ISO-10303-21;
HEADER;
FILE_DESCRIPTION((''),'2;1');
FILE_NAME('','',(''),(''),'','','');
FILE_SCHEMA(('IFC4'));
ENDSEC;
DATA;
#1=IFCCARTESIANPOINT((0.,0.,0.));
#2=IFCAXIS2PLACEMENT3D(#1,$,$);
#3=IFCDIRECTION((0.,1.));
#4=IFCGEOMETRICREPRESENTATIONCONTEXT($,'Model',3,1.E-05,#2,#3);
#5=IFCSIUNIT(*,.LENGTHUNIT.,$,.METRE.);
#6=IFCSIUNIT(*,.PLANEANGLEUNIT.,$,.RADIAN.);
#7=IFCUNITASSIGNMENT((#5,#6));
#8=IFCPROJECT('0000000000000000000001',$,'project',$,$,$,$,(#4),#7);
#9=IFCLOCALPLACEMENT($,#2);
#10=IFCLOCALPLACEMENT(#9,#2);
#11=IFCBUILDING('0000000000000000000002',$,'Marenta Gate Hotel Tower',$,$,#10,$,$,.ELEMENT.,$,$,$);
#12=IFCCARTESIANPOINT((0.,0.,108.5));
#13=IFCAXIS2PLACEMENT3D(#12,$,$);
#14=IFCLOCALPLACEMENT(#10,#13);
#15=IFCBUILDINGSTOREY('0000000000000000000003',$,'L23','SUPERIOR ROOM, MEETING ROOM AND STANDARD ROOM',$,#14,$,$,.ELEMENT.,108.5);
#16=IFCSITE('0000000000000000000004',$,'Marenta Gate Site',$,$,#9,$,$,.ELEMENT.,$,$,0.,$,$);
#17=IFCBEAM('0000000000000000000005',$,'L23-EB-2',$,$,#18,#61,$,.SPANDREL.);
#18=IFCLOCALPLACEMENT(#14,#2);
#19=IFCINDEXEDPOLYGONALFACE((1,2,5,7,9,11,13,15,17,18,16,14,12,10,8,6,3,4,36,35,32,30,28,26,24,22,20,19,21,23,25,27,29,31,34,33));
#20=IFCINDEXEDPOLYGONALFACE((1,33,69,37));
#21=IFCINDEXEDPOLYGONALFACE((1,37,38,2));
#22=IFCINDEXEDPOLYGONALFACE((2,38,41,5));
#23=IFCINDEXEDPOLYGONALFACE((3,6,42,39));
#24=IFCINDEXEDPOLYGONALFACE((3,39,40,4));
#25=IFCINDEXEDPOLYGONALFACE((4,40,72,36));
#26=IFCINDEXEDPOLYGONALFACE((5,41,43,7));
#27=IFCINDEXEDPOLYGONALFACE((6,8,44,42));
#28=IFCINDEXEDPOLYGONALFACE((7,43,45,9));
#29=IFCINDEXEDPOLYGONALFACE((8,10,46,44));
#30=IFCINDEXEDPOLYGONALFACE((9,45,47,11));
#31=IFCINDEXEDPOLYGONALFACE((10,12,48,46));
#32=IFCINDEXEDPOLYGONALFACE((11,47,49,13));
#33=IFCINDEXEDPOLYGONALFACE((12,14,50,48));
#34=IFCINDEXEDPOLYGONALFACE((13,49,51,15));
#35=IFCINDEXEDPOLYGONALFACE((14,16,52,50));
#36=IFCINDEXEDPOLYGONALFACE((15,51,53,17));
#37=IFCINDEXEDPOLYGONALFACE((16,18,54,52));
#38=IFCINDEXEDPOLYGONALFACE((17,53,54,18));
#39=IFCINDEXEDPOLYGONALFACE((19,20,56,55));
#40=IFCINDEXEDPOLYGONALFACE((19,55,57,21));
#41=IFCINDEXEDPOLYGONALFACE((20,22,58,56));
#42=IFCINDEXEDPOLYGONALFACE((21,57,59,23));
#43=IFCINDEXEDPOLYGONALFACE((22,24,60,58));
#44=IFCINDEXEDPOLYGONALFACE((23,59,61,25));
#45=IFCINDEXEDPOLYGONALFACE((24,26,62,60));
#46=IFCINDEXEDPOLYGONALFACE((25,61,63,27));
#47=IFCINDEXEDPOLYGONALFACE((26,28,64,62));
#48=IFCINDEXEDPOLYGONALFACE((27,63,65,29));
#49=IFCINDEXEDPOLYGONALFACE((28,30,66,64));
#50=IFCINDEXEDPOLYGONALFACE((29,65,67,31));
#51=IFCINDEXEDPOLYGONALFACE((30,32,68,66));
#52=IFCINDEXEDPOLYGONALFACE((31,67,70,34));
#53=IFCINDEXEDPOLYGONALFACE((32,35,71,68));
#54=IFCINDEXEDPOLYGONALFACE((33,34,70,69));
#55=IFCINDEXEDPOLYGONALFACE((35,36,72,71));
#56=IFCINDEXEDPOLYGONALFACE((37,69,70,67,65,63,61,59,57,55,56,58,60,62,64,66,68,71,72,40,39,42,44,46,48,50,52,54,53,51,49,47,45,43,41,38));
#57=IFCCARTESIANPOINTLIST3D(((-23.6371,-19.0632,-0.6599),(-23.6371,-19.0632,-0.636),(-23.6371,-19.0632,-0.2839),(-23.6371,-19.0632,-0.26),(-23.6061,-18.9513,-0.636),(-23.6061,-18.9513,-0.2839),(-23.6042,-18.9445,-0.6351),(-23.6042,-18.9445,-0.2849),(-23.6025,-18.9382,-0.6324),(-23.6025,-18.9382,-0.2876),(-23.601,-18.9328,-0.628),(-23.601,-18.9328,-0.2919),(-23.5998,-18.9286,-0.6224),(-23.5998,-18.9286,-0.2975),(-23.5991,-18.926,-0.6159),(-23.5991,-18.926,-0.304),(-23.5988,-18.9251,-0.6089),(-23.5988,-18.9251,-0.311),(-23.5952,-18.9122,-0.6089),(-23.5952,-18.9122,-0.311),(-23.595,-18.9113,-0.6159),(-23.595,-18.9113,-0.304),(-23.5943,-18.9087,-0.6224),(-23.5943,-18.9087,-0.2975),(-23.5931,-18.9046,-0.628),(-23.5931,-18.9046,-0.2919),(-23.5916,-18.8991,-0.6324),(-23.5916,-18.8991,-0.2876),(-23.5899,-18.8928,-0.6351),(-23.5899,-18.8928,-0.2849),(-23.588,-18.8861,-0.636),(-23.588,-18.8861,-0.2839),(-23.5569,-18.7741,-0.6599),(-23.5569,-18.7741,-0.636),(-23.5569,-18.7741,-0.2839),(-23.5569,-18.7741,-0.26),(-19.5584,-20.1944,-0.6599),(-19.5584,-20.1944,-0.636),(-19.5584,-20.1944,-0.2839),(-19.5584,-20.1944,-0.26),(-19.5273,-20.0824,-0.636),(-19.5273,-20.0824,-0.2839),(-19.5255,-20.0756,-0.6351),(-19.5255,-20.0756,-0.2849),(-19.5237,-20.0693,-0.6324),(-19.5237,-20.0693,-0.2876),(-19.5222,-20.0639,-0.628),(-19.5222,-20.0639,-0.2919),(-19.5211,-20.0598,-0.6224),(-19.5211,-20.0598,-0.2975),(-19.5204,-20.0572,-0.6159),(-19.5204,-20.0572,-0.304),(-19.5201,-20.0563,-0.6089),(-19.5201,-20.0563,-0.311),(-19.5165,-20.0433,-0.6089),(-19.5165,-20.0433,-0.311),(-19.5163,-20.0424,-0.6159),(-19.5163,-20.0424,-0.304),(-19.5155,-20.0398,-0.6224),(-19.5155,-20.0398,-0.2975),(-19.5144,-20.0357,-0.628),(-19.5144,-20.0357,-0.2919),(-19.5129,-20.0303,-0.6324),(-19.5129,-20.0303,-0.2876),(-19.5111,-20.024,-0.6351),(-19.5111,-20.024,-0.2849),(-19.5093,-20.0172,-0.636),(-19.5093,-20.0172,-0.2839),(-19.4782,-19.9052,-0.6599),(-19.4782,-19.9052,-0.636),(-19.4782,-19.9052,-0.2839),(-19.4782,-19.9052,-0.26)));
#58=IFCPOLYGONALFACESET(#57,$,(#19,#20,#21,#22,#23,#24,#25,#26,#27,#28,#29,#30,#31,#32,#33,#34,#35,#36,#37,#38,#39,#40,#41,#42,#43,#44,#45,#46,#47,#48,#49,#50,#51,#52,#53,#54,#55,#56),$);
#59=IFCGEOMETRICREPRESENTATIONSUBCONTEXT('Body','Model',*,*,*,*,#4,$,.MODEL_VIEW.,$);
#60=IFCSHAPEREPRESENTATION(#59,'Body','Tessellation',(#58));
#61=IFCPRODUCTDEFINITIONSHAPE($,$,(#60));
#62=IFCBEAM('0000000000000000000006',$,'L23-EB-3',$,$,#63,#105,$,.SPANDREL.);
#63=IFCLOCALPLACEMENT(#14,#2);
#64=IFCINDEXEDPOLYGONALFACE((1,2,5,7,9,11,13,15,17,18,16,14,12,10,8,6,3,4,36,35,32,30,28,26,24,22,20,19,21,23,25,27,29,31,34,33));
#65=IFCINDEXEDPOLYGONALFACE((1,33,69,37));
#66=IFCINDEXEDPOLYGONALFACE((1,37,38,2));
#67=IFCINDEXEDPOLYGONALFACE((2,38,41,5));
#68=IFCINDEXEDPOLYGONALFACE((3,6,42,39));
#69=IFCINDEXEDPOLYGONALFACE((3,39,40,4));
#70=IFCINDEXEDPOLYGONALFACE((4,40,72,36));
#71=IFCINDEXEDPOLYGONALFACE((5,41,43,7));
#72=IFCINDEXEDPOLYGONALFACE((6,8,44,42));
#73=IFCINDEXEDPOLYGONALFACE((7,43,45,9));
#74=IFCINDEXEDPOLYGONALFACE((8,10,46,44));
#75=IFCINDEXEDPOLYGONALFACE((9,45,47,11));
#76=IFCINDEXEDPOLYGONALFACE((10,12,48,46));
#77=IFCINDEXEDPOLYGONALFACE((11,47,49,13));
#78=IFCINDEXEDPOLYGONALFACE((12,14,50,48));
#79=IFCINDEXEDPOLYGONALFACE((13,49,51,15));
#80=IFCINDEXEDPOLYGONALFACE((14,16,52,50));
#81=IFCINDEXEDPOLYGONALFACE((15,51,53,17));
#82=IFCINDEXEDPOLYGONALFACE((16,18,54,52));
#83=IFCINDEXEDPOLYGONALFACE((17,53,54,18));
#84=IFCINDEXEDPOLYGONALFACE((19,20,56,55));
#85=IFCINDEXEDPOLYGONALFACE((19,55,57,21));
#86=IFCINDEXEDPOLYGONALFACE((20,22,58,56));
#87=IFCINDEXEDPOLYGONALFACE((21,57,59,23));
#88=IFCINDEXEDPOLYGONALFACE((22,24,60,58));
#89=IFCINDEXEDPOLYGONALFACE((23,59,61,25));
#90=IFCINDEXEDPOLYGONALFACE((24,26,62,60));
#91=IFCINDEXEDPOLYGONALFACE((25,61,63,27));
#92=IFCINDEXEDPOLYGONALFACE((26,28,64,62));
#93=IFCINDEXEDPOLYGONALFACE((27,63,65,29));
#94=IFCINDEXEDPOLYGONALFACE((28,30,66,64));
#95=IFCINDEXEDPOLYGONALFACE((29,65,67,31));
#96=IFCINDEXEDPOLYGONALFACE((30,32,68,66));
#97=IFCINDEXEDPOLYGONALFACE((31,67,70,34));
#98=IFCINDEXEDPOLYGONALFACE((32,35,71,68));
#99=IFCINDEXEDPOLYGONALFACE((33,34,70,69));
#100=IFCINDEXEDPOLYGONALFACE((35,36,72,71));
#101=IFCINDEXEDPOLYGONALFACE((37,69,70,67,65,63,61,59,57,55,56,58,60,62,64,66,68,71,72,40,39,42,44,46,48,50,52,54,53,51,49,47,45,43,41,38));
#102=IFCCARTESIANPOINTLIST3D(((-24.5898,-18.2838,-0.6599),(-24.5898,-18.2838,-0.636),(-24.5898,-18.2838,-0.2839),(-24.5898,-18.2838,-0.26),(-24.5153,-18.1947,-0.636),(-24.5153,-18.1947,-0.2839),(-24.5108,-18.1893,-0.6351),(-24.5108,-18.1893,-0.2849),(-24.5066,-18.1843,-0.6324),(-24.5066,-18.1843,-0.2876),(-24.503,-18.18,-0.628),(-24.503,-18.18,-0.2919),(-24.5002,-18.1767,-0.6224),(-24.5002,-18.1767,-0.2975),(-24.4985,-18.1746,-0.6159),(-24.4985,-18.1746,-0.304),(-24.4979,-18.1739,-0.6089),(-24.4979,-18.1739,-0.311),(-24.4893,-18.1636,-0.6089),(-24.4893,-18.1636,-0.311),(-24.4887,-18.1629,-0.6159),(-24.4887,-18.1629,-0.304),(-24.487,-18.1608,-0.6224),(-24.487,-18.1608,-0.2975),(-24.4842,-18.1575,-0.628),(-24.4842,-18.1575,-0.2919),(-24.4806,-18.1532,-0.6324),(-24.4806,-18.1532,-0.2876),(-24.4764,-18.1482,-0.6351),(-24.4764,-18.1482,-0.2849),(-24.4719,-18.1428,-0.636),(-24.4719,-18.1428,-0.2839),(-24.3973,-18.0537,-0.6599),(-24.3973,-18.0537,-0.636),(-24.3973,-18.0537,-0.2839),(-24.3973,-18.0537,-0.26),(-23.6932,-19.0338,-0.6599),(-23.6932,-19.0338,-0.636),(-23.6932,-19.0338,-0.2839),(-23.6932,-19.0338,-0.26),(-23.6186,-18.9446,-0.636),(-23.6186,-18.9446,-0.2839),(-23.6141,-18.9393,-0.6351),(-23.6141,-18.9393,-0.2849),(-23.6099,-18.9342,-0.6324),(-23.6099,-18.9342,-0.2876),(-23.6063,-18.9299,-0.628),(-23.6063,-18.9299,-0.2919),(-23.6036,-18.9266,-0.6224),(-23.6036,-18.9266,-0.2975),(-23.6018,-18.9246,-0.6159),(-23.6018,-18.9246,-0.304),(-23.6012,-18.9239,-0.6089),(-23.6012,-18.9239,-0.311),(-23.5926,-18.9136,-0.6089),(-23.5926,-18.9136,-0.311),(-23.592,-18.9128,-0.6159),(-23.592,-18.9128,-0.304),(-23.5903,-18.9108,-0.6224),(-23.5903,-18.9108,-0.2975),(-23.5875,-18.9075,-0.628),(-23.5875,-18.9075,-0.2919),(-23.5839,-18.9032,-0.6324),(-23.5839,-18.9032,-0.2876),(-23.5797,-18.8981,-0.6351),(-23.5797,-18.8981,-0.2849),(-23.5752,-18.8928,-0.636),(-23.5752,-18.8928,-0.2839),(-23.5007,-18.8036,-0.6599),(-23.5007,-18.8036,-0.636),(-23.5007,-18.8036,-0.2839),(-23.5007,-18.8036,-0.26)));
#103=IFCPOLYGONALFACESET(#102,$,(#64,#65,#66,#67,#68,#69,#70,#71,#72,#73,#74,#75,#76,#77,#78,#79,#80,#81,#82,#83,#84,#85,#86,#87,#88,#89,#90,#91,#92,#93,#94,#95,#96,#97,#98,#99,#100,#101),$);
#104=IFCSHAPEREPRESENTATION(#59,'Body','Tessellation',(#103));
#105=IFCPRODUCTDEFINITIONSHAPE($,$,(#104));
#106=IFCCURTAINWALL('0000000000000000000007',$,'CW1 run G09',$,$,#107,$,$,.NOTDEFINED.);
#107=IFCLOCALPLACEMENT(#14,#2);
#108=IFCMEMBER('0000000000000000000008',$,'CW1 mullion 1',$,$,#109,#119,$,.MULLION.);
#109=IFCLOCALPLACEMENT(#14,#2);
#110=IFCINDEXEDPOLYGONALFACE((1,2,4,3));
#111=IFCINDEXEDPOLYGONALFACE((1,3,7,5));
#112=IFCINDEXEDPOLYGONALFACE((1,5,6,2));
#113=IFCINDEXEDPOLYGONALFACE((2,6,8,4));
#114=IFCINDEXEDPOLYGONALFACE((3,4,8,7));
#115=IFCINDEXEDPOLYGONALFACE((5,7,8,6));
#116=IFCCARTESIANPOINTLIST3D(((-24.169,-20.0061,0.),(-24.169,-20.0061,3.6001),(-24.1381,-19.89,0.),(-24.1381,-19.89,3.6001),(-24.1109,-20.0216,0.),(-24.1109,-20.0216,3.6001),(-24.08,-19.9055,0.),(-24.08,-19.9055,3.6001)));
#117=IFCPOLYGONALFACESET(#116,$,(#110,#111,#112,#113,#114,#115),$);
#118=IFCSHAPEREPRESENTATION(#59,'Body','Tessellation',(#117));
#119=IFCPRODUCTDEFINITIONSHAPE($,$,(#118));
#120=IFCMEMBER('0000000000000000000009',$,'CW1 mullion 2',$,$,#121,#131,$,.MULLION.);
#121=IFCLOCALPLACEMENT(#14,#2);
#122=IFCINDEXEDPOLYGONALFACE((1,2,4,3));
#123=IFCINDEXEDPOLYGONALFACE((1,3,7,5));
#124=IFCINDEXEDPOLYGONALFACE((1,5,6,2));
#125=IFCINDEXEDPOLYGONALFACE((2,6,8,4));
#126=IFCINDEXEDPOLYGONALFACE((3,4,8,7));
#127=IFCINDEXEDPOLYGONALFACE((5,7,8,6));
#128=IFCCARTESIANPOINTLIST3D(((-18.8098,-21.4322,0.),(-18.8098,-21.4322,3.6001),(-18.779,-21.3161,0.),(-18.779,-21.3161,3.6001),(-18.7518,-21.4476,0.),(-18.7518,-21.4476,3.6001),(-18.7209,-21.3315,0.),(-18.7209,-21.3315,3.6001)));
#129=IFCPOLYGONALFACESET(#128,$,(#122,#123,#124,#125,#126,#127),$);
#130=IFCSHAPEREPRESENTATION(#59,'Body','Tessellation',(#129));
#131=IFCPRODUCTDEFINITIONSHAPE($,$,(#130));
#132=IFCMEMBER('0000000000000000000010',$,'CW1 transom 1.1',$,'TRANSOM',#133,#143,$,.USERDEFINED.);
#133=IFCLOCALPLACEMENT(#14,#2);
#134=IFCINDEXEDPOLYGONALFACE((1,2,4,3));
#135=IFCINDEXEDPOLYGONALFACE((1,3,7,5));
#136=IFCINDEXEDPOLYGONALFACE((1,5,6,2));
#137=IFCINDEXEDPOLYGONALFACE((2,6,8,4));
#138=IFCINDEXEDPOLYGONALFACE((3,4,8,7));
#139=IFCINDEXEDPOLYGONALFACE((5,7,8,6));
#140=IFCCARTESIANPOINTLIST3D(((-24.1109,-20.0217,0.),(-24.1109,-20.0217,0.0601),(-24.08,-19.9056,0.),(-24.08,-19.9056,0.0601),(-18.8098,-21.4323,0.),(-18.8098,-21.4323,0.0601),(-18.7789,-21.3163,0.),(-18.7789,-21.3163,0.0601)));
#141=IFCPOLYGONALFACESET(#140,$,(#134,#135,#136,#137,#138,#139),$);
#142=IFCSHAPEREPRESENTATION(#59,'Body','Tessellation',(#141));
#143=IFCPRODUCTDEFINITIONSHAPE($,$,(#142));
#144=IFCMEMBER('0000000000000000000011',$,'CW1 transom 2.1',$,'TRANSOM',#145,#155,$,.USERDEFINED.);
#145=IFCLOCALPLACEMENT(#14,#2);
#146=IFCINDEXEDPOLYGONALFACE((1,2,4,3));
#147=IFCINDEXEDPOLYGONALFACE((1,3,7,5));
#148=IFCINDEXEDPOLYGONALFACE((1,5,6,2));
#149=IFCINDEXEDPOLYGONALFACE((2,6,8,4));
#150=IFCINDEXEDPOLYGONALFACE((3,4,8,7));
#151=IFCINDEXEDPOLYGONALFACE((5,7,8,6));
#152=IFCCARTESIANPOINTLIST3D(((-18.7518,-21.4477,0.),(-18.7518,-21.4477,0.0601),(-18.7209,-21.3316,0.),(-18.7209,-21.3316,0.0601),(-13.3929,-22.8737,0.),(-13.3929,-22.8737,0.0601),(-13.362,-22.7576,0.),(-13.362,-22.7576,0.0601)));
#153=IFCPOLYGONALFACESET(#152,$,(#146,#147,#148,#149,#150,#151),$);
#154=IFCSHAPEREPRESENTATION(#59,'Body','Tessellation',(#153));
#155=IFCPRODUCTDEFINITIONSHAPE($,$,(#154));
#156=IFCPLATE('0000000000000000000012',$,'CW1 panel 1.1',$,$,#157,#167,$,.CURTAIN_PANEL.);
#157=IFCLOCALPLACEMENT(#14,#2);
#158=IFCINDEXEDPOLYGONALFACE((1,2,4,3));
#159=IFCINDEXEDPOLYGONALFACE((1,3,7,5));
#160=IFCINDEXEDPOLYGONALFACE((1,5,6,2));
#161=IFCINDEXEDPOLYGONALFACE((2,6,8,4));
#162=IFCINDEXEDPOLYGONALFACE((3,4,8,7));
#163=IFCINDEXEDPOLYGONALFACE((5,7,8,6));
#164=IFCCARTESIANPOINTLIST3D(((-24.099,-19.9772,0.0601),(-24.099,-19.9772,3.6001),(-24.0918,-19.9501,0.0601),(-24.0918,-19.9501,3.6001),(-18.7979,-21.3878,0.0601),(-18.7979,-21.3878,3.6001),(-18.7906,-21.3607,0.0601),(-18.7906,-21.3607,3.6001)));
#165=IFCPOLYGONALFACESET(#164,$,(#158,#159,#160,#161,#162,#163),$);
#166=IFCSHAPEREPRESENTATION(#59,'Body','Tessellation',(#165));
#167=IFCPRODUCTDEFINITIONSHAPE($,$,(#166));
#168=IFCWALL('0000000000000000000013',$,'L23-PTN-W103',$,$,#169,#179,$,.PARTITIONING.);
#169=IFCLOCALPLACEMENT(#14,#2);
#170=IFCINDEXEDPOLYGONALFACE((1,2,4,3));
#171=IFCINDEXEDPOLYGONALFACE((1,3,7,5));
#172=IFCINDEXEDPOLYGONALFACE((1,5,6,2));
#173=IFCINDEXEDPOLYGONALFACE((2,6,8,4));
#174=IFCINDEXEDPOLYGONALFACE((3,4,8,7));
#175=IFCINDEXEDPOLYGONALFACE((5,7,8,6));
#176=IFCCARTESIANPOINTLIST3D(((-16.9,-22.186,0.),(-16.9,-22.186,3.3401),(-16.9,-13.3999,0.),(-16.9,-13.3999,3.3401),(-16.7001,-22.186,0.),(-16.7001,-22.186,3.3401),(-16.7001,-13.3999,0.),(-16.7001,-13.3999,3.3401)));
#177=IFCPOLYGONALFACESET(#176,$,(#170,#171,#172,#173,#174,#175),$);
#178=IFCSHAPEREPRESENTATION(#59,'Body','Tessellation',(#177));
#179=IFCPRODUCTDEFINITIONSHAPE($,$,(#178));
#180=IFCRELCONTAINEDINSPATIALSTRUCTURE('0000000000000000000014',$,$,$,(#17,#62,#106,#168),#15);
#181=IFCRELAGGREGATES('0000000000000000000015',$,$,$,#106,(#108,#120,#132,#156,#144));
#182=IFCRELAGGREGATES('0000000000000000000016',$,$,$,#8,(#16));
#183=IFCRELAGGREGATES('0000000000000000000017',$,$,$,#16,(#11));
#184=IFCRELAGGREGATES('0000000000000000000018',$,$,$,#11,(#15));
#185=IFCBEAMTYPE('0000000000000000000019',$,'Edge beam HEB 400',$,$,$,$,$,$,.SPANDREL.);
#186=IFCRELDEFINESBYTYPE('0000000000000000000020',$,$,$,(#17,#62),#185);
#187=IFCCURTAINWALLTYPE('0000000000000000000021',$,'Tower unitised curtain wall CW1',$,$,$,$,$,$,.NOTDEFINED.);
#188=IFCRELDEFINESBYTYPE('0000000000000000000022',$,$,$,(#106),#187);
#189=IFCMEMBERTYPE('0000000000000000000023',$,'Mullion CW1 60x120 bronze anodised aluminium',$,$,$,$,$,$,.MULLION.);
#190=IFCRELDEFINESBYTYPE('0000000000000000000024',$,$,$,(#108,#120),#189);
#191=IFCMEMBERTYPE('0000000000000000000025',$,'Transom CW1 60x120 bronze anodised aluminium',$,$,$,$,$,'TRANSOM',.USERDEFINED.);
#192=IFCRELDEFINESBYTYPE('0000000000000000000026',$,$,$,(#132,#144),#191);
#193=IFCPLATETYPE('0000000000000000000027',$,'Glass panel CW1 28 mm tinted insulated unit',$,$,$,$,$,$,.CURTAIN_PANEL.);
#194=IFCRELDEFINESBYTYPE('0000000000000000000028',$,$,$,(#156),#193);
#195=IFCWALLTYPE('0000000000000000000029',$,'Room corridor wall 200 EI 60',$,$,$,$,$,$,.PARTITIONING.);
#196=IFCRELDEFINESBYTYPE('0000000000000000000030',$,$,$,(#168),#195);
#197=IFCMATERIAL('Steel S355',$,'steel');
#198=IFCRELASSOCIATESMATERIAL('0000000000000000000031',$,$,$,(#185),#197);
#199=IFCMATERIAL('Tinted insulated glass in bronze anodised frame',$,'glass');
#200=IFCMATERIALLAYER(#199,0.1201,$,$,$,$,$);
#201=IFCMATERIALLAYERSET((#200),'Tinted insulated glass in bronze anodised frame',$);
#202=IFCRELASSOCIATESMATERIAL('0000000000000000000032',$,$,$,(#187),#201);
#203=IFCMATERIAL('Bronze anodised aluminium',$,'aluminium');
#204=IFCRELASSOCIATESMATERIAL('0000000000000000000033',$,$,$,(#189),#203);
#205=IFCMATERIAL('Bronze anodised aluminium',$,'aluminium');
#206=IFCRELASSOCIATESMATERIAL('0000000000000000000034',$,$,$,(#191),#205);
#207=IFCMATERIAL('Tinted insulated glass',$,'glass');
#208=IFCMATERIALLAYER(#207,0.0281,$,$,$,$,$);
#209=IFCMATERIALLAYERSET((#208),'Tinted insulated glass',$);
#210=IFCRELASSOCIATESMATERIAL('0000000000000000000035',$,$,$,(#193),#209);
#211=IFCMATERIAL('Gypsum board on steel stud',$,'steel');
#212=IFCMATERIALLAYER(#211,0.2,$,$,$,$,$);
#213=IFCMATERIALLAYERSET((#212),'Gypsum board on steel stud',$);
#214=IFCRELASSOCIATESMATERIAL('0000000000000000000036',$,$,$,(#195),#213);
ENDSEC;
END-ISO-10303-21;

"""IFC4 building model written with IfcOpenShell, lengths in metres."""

from ifc_helpers import new_model, si_unit, direction, frame, frame_2d, origin, origin_2d, place, context, subcontext, project, spatial, rectangle, i_section, extrude, material, layer, layer_set, material_profile, profile_set, type_object, element, aggregate, save


model = new_model("IFC4")

# Units and contexts
model_context = context("Model", 3, precision=1e-05, world=origin(), true_north=direction((0.0, 1.0)))
body_context = subcontext(model_context, "Body", "Model", "MODEL_VIEW")
ifc_project = project(units=[si_unit("LENGTHUNIT", "METRE"), si_unit("PLANEANGLEUNIT", "RADIAN")], contexts=[model_context])

# Site, building, storey
site_placement = place(None, origin())
site = spatial("IfcSite", under=ifc_project, at=site_placement, Name="Marenta Gate Site", CompositionType="ELEMENT", RefElevation=0.0)
building_placement = place(site_placement, origin())
building = spatial("IfcBuilding", under=site, at=building_placement, Name="Marenta Gate Hotel Tower", CompositionType="ELEMENT")
storey_placement = place(building_placement, frame((0.0, 0.0, 108.5)))
storey = spatial("IfcBuildingStorey", under=building, at=storey_placement, Name="L23", Description="SUPERIOR ROOM, MEETING ROOM AND STANDARD ROOM", CompositionType="ELEMENT", Elevation=108.5)

# Beams
ifc_material_1 = material(Name="Steel S355", Category="steel")
ifc_material_profile_1 = material_profile(ifc_material_1, i_section(OverallWidth=0.3, OverallDepth=0.3999, WebThickness=0.0134, FlangeThickness=0.0239, FilletRadius=0.0271, at=origin_2d()), Name="HEB 400")
ifc_profile_set_1 = profile_set([ifc_material_profile_1], Name="Steel S355")
beam_type = type_object("IfcBeamType", Name="Edge beam HEB 400", PredefinedType="SPANDREL", material=ifc_profile_set_1)
beam_1_placement = place(storey_placement, frame((-19.5183, -20.0498, -0.46), z_axis=(-0.96363, 0.267239, 0.0), x_axis=(-0.267239, -0.96363, 0.0)))
element("IfcBeam", 1, at=beam_1_placement, inside=storey, type_object=beam_type, Name="L23-EB-2", PredefinedType="SPANDREL", context=body_context, shape_type="SweptSolid", body=[
    extrude(i_section(OverallWidth=0.3, OverallDepth=0.3999, WebThickness=0.0134, FlangeThickness=0.0239, FilletRadius=0.0271, at=origin_2d()), origin(), (0.0, 0.0, 1.0), 4.2327),
])
beam_2_placement = place(storey_placement, frame((-23.5969, -18.9187, -0.46), z_axis=(-0.767073, 0.64156, 0.0), x_axis=(-0.64156, -0.767073, 0.0)))
element("IfcBeam", 2, at=beam_2_placement, inside=storey, type_object=beam_type, Name="L23-EB-3", PredefinedType="SPANDREL", context=body_context, shape_type="SweptSolid", body=[
    extrude(i_section(OverallWidth=0.3, OverallDepth=0.3999, WebThickness=0.0134, FlangeThickness=0.0239, FilletRadius=0.0271, at=origin_2d()), origin(), (0.0, 0.0, 1.0), 1.1689),
])

# Curtain wall, members, plate
ifc_material_2 = material(Name="Tinted insulated glass in bronze anodised frame", Category="glass")
ifc_layer_1 = layer(ifc_material_2, 0.1201)
ifc_layer_set_1 = layer_set([ifc_layer_1], Name="Tinted insulated glass in bronze anodised frame")
curtain_wall_type = type_object("IfcCurtainWallType", Name="Tower unitised curtain wall CW1", PredefinedType="NOTDEFINED", material=ifc_layer_set_1)
curtain_wall_placement = place(storey_placement, origin())
curtain_wall = element("IfcCurtainWall", 3, at=curtain_wall_placement, inside=storey, type_object=curtain_wall_type, Name="CW1 run G09", PredefinedType="NOTDEFINED")
ifc_material_3 = material(Name="Bronze anodised aluminium", Category="aluminium")
ifc_material_profile_2 = material_profile(ifc_material_3, rectangle(XDim=0.1201, YDim=0.0601, at=origin_2d()), Name="Mullion CW1 60x120 bronze anodised aluminium")
ifc_profile_set_2 = profile_set([ifc_material_profile_2], Name="Bronze anodised aluminium")
member_type_1 = type_object("IfcMemberType", Name="Mullion CW1 60x120 bronze anodised aluminium", PredefinedType="MULLION", material=ifc_profile_set_2)
member_1_placement = place(storey_placement, frame((-24.1245, -19.9558, 0.0), z_axis=(0.0, 0.0, 1.0), x_axis=(0.257144, 0.966373, 0.0)))
member_1 = element("IfcMember", 4, at=member_1_placement, type_object=member_type_1, Name="CW1 mullion 1", PredefinedType="MULLION", context=body_context, shape_type="SweptSolid", body=[
    extrude(rectangle(XDim=0.1201, YDim=0.0601, at=origin_2d()), origin(), (0.0, 0.0, 1.0), 3.6001),
])
member_2_placement = place(storey_placement, frame((-18.7654, -21.3818, 0.0), z_axis=(0.0, 0.0, 1.0), x_axis=(0.257144, 0.966373, 0.0)))
member_2 = element("IfcMember", 5, at=member_2_placement, type_object=member_type_1, Name="CW1 mullion 2", PredefinedType="MULLION", context=body_context, shape_type="SweptSolid", body=[
    extrude(rectangle(XDim=0.1201, YDim=0.0601, at=origin_2d()), origin(), (0.0, 0.0, 1.0), 3.6001),
])
ifc_material_4 = material(Name="Bronze anodised aluminium", Category="aluminium")
ifc_material_profile_3 = material_profile(ifc_material_4, rectangle(XDim=0.1201, YDim=0.0601, at=origin_2d()), Name="Transom CW1 60x120 bronze anodised aluminium")
ifc_profile_set_3 = profile_set([ifc_material_profile_3], Name="Bronze anodised aluminium")
member_type_2 = type_object("IfcMemberType", Name="Transom CW1 60x120 bronze anodised aluminium", ElementType="TRANSOM", PredefinedType="USERDEFINED", material=ifc_profile_set_3)
member_3_placement = place(storey_placement, frame((-24.0955, -19.9636, 0.03), z_axis=(0.966369, -0.257158, 0.0), x_axis=(0.257158, 0.966369, 0.0)))
member_3 = element("IfcMember", 6, at=member_3_placement, type_object=member_type_2, Name="CW1 transom 1.1", ObjectType="TRANSOM", PredefinedType="USERDEFINED", context=body_context, shape_type="SweptSolid", body=[
    extrude(rectangle(XDim=0.1201, YDim=0.0601, at=origin_2d()), origin(), (0.0, 0.0, 1.0), 5.4856),
])
member_4_placement = place(storey_placement, frame((-18.7363, -21.3896, 0.03), z_axis=(0.96637, -0.257156, 0.0), x_axis=(0.257156, 0.96637, 0.0)))
member_4 = element("IfcMember", 7, at=member_4_placement, type_object=member_type_2, Name="CW1 transom 2.1", ObjectType="TRANSOM", PredefinedType="USERDEFINED", context=body_context, shape_type="SweptSolid", body=[
    extrude(rectangle(XDim=0.1201, YDim=0.0601, at=origin_2d()), origin(), (0.0, 0.0, 1.0), 5.5454),
])
ifc_material_5 = material(Name="Tinted insulated glass", Category="glass")
ifc_layer_2 = layer(ifc_material_5, 0.0281)
ifc_layer_set_2 = layer_set([ifc_layer_2], Name="Tinted insulated glass")
plate_type = type_object("IfcPlateType", Name="Glass panel CW1 28 mm tinted insulated unit", PredefinedType="CURTAIN_PANEL", material=ifc_layer_set_2)
plate_placement = place(storey_placement, frame((-21.4448, -20.6689, 0.0601), z_axis=(0.0, 0.0, 1.0), x_axis=(0.966373, -0.257144, 0.0)))
plate = element("IfcPlate", 8, at=plate_placement, type_object=plate_type, Name="CW1 panel 1.1", PredefinedType="CURTAIN_PANEL", context=body_context, shape_type="SweptSolid", body=[
    extrude(rectangle(XDim=5.4856, YDim=0.0281, at=origin_2d()), origin(), (0.0, 0.0, 1.0), 3.54),
])
aggregate(curtain_wall, [member_1, member_2, member_3, plate, member_4])

# Wall
ifc_material_6 = material(Name="Gypsum board on steel stud", Category="steel")
ifc_layer_3 = layer(ifc_material_6, 0.2)
ifc_layer_set_3 = layer_set([ifc_layer_3], Name="Gypsum board on steel stud")
wall_type_1 = type_object("IfcWallType", Name="Room corridor wall 200 EI 60", PredefinedType="PARTITIONING", material=ifc_layer_set_3)
wall_1_placement = place(storey_placement, frame((-16.8, -22.186, 0.0), z_axis=(0.0, 0.0, 1.0), x_axis=(0.0, 1.0, 0.0)))
element("IfcWall", 9, at=wall_1_placement, inside=storey, type_object=wall_type_1, Name="L23-PTN-W103", PredefinedType="PARTITIONING", context=body_context, shape_type="SweptSolid", body=[
    extrude(rectangle(XDim=8.7861, YDim=0.2, at=frame_2d((4.3931, 0.0))), origin(), (0.0, 0.0, 1.0), 3.3401),
])

save(model, "model.ifc")
